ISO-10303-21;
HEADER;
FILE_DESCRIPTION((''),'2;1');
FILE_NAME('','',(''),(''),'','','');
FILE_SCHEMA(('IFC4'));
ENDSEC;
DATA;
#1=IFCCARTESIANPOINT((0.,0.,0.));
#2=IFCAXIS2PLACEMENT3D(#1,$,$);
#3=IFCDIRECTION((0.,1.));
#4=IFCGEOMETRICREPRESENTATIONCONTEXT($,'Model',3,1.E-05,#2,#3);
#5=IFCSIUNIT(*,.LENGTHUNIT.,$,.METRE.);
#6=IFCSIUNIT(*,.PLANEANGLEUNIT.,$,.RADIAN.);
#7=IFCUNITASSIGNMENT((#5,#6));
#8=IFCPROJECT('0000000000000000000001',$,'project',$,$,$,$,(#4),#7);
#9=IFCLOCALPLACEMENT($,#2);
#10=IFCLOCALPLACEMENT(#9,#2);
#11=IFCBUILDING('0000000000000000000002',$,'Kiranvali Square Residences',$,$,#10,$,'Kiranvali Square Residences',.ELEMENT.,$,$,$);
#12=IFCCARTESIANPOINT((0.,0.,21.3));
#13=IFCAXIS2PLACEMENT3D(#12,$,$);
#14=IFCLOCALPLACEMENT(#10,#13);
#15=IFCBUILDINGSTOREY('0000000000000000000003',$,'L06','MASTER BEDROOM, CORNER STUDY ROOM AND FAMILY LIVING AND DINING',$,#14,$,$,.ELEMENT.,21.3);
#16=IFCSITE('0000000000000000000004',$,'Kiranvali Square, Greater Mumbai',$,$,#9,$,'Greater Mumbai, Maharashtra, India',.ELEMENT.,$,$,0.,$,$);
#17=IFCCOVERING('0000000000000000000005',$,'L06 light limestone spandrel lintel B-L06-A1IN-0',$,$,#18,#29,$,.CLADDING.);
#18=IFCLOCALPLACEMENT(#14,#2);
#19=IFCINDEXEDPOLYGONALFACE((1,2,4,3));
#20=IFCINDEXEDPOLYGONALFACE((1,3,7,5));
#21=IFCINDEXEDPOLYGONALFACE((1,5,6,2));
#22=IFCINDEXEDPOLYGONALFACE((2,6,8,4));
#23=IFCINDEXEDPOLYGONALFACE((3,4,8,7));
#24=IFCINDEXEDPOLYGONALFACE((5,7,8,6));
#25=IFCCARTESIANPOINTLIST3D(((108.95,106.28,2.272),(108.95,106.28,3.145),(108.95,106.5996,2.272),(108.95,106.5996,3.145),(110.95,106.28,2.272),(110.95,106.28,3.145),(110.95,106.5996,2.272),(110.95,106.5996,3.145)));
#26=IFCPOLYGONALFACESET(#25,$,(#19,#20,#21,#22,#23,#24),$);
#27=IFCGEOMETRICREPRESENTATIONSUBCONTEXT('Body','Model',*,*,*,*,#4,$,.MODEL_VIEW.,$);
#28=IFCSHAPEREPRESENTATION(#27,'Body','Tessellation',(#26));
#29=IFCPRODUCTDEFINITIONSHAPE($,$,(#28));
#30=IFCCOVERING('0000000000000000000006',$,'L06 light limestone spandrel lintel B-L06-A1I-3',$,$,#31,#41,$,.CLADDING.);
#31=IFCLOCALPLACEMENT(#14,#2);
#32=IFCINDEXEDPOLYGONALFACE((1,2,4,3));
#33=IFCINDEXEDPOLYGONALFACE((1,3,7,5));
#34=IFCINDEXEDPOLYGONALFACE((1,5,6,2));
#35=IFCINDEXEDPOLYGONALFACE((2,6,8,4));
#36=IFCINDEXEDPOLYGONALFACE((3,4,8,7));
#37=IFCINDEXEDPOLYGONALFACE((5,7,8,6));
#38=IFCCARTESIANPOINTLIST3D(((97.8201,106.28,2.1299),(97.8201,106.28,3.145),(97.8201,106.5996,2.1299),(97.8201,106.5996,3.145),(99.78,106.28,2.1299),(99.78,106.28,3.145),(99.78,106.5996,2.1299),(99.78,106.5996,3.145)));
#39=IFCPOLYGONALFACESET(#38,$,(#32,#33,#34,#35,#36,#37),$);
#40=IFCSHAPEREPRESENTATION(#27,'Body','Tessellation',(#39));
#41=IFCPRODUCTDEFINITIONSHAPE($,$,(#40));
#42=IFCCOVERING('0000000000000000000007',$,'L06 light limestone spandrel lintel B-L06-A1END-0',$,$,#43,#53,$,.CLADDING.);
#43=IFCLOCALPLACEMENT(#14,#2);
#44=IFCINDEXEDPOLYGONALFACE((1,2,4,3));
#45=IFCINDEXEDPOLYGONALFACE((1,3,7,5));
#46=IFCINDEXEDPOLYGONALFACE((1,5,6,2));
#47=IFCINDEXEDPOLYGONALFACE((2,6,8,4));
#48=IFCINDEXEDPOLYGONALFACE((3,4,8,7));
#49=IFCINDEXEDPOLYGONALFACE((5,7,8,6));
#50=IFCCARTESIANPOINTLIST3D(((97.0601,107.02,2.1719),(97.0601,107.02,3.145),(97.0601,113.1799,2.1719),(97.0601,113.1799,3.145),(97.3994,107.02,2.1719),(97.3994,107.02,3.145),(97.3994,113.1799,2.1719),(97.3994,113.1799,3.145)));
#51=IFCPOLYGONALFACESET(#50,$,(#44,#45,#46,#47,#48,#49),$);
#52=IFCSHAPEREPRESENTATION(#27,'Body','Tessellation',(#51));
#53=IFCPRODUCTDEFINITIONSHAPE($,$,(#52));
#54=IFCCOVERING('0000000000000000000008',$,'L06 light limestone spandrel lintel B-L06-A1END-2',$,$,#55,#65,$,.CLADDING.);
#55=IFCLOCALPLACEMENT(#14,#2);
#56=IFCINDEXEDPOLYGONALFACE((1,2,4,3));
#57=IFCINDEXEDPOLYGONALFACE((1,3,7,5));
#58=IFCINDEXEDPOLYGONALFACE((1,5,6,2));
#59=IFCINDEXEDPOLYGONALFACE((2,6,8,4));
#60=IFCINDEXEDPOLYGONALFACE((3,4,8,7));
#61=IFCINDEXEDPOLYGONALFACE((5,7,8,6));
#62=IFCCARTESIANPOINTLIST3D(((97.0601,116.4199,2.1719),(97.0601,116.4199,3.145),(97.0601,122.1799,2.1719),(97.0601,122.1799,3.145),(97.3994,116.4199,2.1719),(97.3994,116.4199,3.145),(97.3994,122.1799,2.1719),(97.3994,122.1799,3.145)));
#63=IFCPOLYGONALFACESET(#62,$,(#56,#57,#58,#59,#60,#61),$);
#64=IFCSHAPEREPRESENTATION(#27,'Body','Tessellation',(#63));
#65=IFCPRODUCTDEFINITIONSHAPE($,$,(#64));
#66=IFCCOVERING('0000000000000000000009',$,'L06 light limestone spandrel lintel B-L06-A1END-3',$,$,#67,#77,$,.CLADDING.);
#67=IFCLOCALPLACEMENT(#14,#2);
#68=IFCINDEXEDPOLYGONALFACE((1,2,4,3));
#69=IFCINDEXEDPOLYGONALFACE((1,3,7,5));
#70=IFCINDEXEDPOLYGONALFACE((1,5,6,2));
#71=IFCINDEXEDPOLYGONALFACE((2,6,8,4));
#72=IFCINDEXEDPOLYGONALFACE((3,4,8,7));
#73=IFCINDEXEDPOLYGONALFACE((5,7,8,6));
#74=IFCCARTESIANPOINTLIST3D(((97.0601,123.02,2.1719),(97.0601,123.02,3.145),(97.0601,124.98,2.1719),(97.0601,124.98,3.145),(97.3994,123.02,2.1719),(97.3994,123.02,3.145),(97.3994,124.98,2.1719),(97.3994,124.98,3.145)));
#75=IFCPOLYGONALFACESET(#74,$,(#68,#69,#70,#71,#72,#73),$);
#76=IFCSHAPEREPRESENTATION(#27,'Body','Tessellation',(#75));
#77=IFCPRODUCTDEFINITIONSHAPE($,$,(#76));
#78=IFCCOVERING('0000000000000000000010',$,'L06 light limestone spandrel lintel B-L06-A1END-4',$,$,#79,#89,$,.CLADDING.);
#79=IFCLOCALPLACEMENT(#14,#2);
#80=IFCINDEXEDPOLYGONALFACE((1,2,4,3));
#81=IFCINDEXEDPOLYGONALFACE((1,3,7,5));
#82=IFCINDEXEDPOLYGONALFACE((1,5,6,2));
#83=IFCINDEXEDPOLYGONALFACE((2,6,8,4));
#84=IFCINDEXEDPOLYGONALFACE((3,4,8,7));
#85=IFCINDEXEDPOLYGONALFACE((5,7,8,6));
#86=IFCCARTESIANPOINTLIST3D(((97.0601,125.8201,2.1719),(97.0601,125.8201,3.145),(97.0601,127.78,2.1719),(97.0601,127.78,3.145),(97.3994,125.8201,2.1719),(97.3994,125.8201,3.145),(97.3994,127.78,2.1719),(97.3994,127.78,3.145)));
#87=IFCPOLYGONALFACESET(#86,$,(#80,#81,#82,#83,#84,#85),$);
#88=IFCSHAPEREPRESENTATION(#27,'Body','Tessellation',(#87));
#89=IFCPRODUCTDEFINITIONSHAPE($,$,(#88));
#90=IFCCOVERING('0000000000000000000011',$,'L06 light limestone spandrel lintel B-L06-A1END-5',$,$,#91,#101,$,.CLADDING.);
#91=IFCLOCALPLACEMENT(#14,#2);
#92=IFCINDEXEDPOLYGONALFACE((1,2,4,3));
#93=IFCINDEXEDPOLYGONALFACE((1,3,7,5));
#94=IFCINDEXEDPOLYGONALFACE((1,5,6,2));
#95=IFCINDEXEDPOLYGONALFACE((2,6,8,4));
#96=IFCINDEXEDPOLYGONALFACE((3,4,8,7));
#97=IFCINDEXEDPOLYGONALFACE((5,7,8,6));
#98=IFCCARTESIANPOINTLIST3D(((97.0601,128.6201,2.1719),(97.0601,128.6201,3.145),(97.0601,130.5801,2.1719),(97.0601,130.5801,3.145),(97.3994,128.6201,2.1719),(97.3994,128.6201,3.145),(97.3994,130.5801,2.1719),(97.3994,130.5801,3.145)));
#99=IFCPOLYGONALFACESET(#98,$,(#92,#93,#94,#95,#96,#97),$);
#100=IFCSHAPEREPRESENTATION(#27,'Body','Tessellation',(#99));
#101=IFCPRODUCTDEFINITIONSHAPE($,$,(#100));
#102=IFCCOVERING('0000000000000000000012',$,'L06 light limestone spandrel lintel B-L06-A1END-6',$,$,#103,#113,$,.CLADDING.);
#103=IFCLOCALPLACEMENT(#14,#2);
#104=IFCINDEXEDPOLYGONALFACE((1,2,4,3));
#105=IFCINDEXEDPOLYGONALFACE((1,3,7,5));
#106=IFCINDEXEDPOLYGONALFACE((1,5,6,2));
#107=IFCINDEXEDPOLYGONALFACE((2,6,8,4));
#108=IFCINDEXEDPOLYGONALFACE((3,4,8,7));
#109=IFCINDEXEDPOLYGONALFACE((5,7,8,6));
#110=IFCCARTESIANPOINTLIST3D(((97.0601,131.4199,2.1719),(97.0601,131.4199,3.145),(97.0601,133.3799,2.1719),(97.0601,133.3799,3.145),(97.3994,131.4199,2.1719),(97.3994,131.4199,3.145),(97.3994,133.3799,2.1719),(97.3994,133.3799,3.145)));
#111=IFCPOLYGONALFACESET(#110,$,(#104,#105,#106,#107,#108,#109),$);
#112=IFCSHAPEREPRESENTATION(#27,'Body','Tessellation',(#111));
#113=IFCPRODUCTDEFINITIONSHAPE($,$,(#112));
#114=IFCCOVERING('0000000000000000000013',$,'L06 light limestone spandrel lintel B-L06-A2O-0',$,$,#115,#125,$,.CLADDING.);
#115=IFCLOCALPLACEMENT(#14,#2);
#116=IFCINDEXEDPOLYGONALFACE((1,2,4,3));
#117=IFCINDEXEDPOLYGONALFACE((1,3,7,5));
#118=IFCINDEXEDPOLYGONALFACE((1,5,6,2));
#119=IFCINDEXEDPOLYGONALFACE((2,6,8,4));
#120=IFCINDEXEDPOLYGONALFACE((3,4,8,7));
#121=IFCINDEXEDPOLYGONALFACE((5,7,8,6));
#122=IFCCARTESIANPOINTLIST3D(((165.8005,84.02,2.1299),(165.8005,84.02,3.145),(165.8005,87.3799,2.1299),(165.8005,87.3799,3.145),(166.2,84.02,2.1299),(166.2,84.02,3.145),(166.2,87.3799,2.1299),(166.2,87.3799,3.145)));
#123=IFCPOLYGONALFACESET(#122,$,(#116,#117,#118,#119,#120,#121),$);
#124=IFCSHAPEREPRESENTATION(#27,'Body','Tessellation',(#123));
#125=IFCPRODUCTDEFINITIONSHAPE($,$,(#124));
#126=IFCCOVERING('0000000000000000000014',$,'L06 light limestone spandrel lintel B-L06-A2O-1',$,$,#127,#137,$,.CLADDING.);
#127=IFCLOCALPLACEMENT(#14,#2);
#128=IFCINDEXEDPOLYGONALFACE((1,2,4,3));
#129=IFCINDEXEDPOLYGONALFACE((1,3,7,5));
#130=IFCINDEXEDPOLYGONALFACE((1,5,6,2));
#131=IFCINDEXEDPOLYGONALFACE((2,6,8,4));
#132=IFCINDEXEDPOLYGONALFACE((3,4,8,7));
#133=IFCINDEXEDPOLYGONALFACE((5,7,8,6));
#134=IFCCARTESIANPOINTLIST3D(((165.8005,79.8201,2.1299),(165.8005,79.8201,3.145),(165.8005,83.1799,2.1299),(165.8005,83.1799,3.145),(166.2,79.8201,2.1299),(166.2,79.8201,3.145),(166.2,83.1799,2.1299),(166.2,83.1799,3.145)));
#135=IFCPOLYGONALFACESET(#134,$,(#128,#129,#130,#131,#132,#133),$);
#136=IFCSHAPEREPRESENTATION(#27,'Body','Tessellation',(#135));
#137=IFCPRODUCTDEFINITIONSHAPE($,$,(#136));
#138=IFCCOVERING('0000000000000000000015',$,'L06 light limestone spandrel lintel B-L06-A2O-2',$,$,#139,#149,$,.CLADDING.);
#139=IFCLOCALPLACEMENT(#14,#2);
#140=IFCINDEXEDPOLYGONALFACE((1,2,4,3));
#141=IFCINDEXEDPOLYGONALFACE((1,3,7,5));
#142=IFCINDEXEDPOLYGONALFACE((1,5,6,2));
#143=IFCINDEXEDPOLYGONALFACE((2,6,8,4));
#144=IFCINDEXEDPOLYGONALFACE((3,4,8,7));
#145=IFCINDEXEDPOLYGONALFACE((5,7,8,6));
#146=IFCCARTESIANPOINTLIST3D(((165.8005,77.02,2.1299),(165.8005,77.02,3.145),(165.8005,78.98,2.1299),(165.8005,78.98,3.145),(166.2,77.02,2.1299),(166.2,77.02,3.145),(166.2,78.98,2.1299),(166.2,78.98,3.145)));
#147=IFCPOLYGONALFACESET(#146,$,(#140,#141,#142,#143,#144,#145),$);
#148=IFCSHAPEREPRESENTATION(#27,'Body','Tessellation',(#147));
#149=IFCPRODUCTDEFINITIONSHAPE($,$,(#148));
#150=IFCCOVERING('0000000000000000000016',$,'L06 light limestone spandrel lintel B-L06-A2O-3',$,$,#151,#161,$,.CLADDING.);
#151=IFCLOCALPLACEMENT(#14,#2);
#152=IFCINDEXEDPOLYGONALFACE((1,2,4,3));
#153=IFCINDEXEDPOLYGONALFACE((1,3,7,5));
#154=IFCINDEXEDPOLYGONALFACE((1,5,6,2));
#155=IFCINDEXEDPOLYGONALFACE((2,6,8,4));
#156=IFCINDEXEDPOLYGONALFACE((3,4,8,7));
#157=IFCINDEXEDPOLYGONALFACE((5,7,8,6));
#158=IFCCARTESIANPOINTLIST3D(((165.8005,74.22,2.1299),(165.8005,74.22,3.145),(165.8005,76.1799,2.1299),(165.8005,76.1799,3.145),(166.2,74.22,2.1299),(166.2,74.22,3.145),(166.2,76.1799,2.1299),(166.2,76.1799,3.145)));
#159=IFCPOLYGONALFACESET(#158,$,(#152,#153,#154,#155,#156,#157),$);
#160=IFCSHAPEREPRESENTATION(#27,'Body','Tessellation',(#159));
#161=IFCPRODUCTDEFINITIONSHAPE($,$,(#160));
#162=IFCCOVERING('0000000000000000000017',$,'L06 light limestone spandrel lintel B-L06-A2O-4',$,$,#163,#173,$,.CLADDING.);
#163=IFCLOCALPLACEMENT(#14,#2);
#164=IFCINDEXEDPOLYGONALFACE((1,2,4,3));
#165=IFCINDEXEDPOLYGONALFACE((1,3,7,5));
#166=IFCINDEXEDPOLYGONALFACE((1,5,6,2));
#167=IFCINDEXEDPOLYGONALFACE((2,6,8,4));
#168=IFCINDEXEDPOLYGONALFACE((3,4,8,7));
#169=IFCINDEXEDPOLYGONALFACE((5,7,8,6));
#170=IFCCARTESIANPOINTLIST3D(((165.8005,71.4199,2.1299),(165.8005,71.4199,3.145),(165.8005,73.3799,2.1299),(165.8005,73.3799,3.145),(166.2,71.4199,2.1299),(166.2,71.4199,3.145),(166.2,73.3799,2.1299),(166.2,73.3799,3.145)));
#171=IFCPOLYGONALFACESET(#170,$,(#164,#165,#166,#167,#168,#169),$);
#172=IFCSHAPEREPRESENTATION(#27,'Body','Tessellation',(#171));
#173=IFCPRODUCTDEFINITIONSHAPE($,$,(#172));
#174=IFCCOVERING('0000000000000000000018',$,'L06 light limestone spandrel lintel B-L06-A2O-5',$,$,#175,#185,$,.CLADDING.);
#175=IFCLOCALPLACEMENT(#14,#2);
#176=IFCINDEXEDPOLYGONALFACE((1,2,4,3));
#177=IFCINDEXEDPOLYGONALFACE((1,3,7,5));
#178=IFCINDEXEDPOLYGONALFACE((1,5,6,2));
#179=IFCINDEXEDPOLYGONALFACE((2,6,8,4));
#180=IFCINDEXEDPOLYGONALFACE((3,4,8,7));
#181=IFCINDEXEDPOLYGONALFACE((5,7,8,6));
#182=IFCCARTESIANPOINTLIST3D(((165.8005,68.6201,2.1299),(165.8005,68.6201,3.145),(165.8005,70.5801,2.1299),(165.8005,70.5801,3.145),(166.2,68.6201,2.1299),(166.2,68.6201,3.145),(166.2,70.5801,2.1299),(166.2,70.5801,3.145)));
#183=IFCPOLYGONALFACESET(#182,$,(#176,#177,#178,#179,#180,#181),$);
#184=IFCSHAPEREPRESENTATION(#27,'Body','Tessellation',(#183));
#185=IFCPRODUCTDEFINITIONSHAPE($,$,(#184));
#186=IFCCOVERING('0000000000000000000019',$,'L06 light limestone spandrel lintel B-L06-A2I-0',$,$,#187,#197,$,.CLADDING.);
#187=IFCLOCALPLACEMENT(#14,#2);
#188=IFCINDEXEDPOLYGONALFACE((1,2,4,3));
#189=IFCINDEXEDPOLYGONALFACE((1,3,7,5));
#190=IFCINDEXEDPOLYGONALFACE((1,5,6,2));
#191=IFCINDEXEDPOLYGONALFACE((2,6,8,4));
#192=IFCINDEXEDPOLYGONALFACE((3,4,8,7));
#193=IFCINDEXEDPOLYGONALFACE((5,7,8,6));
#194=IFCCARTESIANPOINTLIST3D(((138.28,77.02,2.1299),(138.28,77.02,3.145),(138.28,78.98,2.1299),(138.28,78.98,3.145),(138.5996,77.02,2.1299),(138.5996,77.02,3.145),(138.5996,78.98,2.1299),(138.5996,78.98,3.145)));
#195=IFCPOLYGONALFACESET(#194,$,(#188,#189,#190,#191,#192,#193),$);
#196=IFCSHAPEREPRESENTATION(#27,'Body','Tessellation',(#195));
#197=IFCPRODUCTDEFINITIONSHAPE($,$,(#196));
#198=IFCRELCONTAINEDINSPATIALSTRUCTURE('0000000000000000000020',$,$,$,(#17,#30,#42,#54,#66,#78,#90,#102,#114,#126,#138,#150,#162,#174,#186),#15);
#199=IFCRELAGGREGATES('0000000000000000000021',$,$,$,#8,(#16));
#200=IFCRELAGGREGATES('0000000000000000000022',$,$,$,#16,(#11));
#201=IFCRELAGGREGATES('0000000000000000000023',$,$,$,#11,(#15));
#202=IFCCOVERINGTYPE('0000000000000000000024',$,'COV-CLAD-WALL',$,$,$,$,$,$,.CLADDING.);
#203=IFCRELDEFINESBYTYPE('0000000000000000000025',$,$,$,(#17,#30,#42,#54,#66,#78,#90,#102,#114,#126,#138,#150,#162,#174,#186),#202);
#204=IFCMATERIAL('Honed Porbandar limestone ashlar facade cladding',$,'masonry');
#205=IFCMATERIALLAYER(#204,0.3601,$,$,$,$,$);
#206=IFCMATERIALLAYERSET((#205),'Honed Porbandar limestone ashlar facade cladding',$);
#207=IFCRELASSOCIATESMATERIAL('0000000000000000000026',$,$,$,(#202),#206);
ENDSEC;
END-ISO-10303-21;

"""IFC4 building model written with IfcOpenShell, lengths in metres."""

from ifc_helpers import new_model, si_unit, direction, frame, origin, place, context, subcontext, project, spatial, polyline, outline, extrude, material, layer, layer_set, type_object, element, save


model = new_model("IFC4")

# Units and contexts
model_context = context("Model", 3, precision=1e-05, world=origin(), true_north=direction((0.0, 1.0)))
body_context = subcontext(model_context, "Body", "Model", "MODEL_VIEW")
ifc_project = project(units=[si_unit("LENGTHUNIT", "METRE"), si_unit("PLANEANGLEUNIT", "RADIAN")], contexts=[model_context])

# Site, building, storey
site_placement = place(None, origin())
site = spatial("IfcSite", under=ifc_project, at=site_placement, Name="Kiranvali Square, Greater Mumbai", LongName="Greater Mumbai, Maharashtra, India", CompositionType="ELEMENT", RefElevation=0.0)
building_placement = place(site_placement, origin())
building = spatial("IfcBuilding", under=site, at=building_placement, Name="Kiranvali Square Residences", LongName="Kiranvali Square Residences", CompositionType="ELEMENT")
storey_placement = place(building_placement, frame((0.0, 0.0, 21.3)))
storey = spatial("IfcBuildingStorey", under=building, at=storey_placement, Name="L06", Description="MASTER BEDROOM, CORNER STUDY ROOM AND FAMILY LIVING AND DINING", CompositionType="ELEMENT", Elevation=21.3)

# Coverings
ifc_material = material(Name="Honed Porbandar limestone ashlar facade cladding", Category="masonry")
ifc_layer = layer(ifc_material, 0.3601)
ifc_layer_set = layer_set([ifc_layer], Name="Honed Porbandar limestone ashlar facade cladding")
covering_type = type_object("IfcCoveringType", Name="COV-CLAD-WALL", PredefinedType="CLADDING", material=ifc_layer_set)
covering_1_placement = place(storey_placement, frame((0.0, 0.0, 2.272)))
element("IfcCovering", 1, at=covering_1_placement, inside=storey, type_object=covering_type, Name="L06 light limestone spandrel lintel B-L06-A1IN-0", PredefinedType="CLADDING", context=body_context, shape_type="SweptSolid", body=[
    extrude(outline(polyline([(110.95, 106.5996), (108.95, 106.5996), (108.95, 106.28), (110.95, 106.28), (110.95, 106.5996)])), origin(), (0.0, 0.0, 1.0), 0.873),
])
covering_2_placement = place(storey_placement, frame((0.0, 0.0, 2.1299)))
element("IfcCovering", 2, at=covering_2_placement, inside=storey, type_object=covering_type, Name="L06 light limestone spandrel lintel B-L06-A1I-3", PredefinedType="CLADDING", context=body_context, shape_type="SweptSolid", body=[
    extrude(outline(polyline([(99.78, 106.5996), (97.8201, 106.5996), (97.8201, 106.28), (99.78, 106.28), (99.78, 106.5996)])), origin(), (0.0, 0.0, 1.0), 1.0151),
])
covering_3_placement = place(storey_placement, frame((0.0, 0.0, 2.1719)))
element("IfcCovering", 3, at=covering_3_placement, inside=storey, type_object=covering_type, Name="L06 light limestone spandrel lintel B-L06-A1END-0", PredefinedType="CLADDING", context=body_context, shape_type="SweptSolid", body=[
    extrude(outline(polyline([(97.3994, 107.02), (97.3994, 113.1799), (97.0601, 113.1799), (97.0601, 107.02), (97.3994, 107.02)])), origin(), (0.0, 0.0, 1.0), 0.9731),
])
covering_4_placement = place(storey_placement, frame((0.0, 0.0, 2.1719)))
element("IfcCovering", 4, at=covering_4_placement, inside=storey, type_object=covering_type, Name="L06 light limestone spandrel lintel B-L06-A1END-2", PredefinedType="CLADDING", context=body_context, shape_type="SweptSolid", body=[
    extrude(outline(polyline([(97.3994, 116.4199), (97.3994, 122.1799), (97.0601, 122.1799), (97.0601, 116.4199), (97.3994, 116.4199)])), origin(), (0.0, 0.0, 1.0), 0.9731),
])
covering_5_placement = place(storey_placement, frame((0.0, 0.0, 2.1719)))
element("IfcCovering", 5, at=covering_5_placement, inside=storey, type_object=covering_type, Name="L06 light limestone spandrel lintel B-L06-A1END-3", PredefinedType="CLADDING", context=body_context, shape_type="SweptSolid", body=[
    extrude(outline(polyline([(97.3994, 123.02), (97.3994, 124.98), (97.0601, 124.98), (97.0601, 123.02), (97.3994, 123.02)])), origin(), (0.0, 0.0, 1.0), 0.9731),
])
covering_6_placement = place(storey_placement, frame((0.0, 0.0, 2.1719)))
element("IfcCovering", 6, at=covering_6_placement, inside=storey, type_object=covering_type, Name="L06 light limestone spandrel lintel B-L06-A1END-4", PredefinedType="CLADDING", context=body_context, shape_type="SweptSolid", body=[
    extrude(outline(polyline([(97.3994, 125.8201), (97.3994, 127.78), (97.0601, 127.78), (97.0601, 125.8201), (97.3994, 125.8201)])), origin(), (0.0, 0.0, 1.0), 0.9731),
])
covering_7_placement = place(storey_placement, frame((0.0, 0.0, 2.1719)))
element("IfcCovering", 7, at=covering_7_placement, inside=storey, type_object=covering_type, Name="L06 light limestone spandrel lintel B-L06-A1END-5", PredefinedType="CLADDING", context=body_context, shape_type="SweptSolid", body=[
    extrude(outline(polyline([(97.3994, 128.6201), (97.3994, 130.5801), (97.0601, 130.5801), (97.0601, 128.6201), (97.3994, 128.6201)])), origin(), (0.0, 0.0, 1.0), 0.9731),
])
covering_8_placement = place(storey_placement, frame((0.0, 0.0, 2.1719)))
element("IfcCovering", 8, at=covering_8_placement, inside=storey, type_object=covering_type, Name="L06 light limestone spandrel lintel B-L06-A1END-6", PredefinedType="CLADDING", context=body_context, shape_type="SweptSolid", body=[
    extrude(outline(polyline([(97.3994, 131.4199), (97.3994, 133.3799), (97.0601, 133.3799), (97.0601, 131.4199), (97.3994, 131.4199)])), origin(), (0.0, 0.0, 1.0), 0.9731),
])
covering_9_placement = place(storey_placement, frame((0.0, 0.0, 2.1299)))
element("IfcCovering", 9, at=covering_9_placement, inside=storey, type_object=covering_type, Name="L06 light limestone spandrel lintel B-L06-A2O-0", PredefinedType="CLADDING", context=body_context, shape_type="SweptSolid", body=[
    extrude(outline(polyline([(165.8005, 87.3799), (165.8005, 84.02), (166.2, 84.02), (166.2, 87.3799), (165.8005, 87.3799)])), origin(), (0.0, 0.0, 1.0), 1.0151),
])
covering_10_placement = place(storey_placement, frame((0.0, 0.0, 2.1299)))
element("IfcCovering", 10, at=covering_10_placement, inside=storey, type_object=covering_type, Name="L06 light limestone spandrel lintel B-L06-A2O-1", PredefinedType="CLADDING", context=body_context, shape_type="SweptSolid", body=[
    extrude(outline(polyline([(165.8005, 83.1799), (165.8005, 79.8201), (166.2, 79.8201), (166.2, 83.1799), (165.8005, 83.1799)])), origin(), (0.0, 0.0, 1.0), 1.0151),
])
covering_11_placement = place(storey_placement, frame((0.0, 0.0, 2.1299)))
element("IfcCovering", 11, at=covering_11_placement, inside=storey, type_object=covering_type, Name="L06 light limestone spandrel lintel B-L06-A2O-2", PredefinedType="CLADDING", context=body_context, shape_type="SweptSolid", body=[
    extrude(outline(polyline([(165.8005, 78.98), (165.8005, 77.02), (166.2, 77.02), (166.2, 78.98), (165.8005, 78.98)])), origin(), (0.0, 0.0, 1.0), 1.0151),
])
covering_12_placement = place(storey_placement, frame((0.0, 0.0, 2.1299)))
element("IfcCovering", 12, at=covering_12_placement, inside=storey, type_object=covering_type, Name="L06 light limestone spandrel lintel B-L06-A2O-3", PredefinedType="CLADDING", context=body_context, shape_type="SweptSolid", body=[
    extrude(outline(polyline([(165.8005, 76.1799), (165.8005, 74.22), (166.2, 74.22), (166.2, 76.1799), (165.8005, 76.1799)])), origin(), (0.0, 0.0, 1.0), 1.0151),
])
covering_13_placement = place(storey_placement, frame((0.0, 0.0, 2.1299)))
element("IfcCovering", 13, at=covering_13_placement, inside=storey, type_object=covering_type, Name="L06 light limestone spandrel lintel B-L06-A2O-4", PredefinedType="CLADDING", context=body_context, shape_type="SweptSolid", body=[
    extrude(outline(polyline([(165.8005, 73.3799), (165.8005, 71.4199), (166.2, 71.4199), (166.2, 73.3799), (165.8005, 73.3799)])), origin(), (0.0, 0.0, 1.0), 1.0151),
])
covering_14_placement = place(storey_placement, frame((0.0, 0.0, 2.1299)))
element("IfcCovering", 14, at=covering_14_placement, inside=storey, type_object=covering_type, Name="L06 light limestone spandrel lintel B-L06-A2O-5", PredefinedType="CLADDING", context=body_context, shape_type="SweptSolid", body=[
    extrude(outline(polyline([(165.8005, 70.5801), (165.8005, 68.6201), (166.2, 68.6201), (166.2, 70.5801), (165.8005, 70.5801)])), origin(), (0.0, 0.0, 1.0), 1.0151),
])
covering_15_placement = place(storey_placement, frame((0.0, 0.0, 2.1299)))
element("IfcCovering", 15, at=covering_15_placement, inside=storey, type_object=covering_type, Name="L06 light limestone spandrel lintel B-L06-A2I-0", PredefinedType="CLADDING", context=body_context, shape_type="SweptSolid", body=[
    extrude(outline(polyline([(138.28, 78.98), (138.28, 77.02), (138.5996, 77.02), (138.5996, 78.98), (138.28, 78.98)])), origin(), (0.0, 0.0, 1.0), 1.0151),
])

save(model, "model.ifc")
